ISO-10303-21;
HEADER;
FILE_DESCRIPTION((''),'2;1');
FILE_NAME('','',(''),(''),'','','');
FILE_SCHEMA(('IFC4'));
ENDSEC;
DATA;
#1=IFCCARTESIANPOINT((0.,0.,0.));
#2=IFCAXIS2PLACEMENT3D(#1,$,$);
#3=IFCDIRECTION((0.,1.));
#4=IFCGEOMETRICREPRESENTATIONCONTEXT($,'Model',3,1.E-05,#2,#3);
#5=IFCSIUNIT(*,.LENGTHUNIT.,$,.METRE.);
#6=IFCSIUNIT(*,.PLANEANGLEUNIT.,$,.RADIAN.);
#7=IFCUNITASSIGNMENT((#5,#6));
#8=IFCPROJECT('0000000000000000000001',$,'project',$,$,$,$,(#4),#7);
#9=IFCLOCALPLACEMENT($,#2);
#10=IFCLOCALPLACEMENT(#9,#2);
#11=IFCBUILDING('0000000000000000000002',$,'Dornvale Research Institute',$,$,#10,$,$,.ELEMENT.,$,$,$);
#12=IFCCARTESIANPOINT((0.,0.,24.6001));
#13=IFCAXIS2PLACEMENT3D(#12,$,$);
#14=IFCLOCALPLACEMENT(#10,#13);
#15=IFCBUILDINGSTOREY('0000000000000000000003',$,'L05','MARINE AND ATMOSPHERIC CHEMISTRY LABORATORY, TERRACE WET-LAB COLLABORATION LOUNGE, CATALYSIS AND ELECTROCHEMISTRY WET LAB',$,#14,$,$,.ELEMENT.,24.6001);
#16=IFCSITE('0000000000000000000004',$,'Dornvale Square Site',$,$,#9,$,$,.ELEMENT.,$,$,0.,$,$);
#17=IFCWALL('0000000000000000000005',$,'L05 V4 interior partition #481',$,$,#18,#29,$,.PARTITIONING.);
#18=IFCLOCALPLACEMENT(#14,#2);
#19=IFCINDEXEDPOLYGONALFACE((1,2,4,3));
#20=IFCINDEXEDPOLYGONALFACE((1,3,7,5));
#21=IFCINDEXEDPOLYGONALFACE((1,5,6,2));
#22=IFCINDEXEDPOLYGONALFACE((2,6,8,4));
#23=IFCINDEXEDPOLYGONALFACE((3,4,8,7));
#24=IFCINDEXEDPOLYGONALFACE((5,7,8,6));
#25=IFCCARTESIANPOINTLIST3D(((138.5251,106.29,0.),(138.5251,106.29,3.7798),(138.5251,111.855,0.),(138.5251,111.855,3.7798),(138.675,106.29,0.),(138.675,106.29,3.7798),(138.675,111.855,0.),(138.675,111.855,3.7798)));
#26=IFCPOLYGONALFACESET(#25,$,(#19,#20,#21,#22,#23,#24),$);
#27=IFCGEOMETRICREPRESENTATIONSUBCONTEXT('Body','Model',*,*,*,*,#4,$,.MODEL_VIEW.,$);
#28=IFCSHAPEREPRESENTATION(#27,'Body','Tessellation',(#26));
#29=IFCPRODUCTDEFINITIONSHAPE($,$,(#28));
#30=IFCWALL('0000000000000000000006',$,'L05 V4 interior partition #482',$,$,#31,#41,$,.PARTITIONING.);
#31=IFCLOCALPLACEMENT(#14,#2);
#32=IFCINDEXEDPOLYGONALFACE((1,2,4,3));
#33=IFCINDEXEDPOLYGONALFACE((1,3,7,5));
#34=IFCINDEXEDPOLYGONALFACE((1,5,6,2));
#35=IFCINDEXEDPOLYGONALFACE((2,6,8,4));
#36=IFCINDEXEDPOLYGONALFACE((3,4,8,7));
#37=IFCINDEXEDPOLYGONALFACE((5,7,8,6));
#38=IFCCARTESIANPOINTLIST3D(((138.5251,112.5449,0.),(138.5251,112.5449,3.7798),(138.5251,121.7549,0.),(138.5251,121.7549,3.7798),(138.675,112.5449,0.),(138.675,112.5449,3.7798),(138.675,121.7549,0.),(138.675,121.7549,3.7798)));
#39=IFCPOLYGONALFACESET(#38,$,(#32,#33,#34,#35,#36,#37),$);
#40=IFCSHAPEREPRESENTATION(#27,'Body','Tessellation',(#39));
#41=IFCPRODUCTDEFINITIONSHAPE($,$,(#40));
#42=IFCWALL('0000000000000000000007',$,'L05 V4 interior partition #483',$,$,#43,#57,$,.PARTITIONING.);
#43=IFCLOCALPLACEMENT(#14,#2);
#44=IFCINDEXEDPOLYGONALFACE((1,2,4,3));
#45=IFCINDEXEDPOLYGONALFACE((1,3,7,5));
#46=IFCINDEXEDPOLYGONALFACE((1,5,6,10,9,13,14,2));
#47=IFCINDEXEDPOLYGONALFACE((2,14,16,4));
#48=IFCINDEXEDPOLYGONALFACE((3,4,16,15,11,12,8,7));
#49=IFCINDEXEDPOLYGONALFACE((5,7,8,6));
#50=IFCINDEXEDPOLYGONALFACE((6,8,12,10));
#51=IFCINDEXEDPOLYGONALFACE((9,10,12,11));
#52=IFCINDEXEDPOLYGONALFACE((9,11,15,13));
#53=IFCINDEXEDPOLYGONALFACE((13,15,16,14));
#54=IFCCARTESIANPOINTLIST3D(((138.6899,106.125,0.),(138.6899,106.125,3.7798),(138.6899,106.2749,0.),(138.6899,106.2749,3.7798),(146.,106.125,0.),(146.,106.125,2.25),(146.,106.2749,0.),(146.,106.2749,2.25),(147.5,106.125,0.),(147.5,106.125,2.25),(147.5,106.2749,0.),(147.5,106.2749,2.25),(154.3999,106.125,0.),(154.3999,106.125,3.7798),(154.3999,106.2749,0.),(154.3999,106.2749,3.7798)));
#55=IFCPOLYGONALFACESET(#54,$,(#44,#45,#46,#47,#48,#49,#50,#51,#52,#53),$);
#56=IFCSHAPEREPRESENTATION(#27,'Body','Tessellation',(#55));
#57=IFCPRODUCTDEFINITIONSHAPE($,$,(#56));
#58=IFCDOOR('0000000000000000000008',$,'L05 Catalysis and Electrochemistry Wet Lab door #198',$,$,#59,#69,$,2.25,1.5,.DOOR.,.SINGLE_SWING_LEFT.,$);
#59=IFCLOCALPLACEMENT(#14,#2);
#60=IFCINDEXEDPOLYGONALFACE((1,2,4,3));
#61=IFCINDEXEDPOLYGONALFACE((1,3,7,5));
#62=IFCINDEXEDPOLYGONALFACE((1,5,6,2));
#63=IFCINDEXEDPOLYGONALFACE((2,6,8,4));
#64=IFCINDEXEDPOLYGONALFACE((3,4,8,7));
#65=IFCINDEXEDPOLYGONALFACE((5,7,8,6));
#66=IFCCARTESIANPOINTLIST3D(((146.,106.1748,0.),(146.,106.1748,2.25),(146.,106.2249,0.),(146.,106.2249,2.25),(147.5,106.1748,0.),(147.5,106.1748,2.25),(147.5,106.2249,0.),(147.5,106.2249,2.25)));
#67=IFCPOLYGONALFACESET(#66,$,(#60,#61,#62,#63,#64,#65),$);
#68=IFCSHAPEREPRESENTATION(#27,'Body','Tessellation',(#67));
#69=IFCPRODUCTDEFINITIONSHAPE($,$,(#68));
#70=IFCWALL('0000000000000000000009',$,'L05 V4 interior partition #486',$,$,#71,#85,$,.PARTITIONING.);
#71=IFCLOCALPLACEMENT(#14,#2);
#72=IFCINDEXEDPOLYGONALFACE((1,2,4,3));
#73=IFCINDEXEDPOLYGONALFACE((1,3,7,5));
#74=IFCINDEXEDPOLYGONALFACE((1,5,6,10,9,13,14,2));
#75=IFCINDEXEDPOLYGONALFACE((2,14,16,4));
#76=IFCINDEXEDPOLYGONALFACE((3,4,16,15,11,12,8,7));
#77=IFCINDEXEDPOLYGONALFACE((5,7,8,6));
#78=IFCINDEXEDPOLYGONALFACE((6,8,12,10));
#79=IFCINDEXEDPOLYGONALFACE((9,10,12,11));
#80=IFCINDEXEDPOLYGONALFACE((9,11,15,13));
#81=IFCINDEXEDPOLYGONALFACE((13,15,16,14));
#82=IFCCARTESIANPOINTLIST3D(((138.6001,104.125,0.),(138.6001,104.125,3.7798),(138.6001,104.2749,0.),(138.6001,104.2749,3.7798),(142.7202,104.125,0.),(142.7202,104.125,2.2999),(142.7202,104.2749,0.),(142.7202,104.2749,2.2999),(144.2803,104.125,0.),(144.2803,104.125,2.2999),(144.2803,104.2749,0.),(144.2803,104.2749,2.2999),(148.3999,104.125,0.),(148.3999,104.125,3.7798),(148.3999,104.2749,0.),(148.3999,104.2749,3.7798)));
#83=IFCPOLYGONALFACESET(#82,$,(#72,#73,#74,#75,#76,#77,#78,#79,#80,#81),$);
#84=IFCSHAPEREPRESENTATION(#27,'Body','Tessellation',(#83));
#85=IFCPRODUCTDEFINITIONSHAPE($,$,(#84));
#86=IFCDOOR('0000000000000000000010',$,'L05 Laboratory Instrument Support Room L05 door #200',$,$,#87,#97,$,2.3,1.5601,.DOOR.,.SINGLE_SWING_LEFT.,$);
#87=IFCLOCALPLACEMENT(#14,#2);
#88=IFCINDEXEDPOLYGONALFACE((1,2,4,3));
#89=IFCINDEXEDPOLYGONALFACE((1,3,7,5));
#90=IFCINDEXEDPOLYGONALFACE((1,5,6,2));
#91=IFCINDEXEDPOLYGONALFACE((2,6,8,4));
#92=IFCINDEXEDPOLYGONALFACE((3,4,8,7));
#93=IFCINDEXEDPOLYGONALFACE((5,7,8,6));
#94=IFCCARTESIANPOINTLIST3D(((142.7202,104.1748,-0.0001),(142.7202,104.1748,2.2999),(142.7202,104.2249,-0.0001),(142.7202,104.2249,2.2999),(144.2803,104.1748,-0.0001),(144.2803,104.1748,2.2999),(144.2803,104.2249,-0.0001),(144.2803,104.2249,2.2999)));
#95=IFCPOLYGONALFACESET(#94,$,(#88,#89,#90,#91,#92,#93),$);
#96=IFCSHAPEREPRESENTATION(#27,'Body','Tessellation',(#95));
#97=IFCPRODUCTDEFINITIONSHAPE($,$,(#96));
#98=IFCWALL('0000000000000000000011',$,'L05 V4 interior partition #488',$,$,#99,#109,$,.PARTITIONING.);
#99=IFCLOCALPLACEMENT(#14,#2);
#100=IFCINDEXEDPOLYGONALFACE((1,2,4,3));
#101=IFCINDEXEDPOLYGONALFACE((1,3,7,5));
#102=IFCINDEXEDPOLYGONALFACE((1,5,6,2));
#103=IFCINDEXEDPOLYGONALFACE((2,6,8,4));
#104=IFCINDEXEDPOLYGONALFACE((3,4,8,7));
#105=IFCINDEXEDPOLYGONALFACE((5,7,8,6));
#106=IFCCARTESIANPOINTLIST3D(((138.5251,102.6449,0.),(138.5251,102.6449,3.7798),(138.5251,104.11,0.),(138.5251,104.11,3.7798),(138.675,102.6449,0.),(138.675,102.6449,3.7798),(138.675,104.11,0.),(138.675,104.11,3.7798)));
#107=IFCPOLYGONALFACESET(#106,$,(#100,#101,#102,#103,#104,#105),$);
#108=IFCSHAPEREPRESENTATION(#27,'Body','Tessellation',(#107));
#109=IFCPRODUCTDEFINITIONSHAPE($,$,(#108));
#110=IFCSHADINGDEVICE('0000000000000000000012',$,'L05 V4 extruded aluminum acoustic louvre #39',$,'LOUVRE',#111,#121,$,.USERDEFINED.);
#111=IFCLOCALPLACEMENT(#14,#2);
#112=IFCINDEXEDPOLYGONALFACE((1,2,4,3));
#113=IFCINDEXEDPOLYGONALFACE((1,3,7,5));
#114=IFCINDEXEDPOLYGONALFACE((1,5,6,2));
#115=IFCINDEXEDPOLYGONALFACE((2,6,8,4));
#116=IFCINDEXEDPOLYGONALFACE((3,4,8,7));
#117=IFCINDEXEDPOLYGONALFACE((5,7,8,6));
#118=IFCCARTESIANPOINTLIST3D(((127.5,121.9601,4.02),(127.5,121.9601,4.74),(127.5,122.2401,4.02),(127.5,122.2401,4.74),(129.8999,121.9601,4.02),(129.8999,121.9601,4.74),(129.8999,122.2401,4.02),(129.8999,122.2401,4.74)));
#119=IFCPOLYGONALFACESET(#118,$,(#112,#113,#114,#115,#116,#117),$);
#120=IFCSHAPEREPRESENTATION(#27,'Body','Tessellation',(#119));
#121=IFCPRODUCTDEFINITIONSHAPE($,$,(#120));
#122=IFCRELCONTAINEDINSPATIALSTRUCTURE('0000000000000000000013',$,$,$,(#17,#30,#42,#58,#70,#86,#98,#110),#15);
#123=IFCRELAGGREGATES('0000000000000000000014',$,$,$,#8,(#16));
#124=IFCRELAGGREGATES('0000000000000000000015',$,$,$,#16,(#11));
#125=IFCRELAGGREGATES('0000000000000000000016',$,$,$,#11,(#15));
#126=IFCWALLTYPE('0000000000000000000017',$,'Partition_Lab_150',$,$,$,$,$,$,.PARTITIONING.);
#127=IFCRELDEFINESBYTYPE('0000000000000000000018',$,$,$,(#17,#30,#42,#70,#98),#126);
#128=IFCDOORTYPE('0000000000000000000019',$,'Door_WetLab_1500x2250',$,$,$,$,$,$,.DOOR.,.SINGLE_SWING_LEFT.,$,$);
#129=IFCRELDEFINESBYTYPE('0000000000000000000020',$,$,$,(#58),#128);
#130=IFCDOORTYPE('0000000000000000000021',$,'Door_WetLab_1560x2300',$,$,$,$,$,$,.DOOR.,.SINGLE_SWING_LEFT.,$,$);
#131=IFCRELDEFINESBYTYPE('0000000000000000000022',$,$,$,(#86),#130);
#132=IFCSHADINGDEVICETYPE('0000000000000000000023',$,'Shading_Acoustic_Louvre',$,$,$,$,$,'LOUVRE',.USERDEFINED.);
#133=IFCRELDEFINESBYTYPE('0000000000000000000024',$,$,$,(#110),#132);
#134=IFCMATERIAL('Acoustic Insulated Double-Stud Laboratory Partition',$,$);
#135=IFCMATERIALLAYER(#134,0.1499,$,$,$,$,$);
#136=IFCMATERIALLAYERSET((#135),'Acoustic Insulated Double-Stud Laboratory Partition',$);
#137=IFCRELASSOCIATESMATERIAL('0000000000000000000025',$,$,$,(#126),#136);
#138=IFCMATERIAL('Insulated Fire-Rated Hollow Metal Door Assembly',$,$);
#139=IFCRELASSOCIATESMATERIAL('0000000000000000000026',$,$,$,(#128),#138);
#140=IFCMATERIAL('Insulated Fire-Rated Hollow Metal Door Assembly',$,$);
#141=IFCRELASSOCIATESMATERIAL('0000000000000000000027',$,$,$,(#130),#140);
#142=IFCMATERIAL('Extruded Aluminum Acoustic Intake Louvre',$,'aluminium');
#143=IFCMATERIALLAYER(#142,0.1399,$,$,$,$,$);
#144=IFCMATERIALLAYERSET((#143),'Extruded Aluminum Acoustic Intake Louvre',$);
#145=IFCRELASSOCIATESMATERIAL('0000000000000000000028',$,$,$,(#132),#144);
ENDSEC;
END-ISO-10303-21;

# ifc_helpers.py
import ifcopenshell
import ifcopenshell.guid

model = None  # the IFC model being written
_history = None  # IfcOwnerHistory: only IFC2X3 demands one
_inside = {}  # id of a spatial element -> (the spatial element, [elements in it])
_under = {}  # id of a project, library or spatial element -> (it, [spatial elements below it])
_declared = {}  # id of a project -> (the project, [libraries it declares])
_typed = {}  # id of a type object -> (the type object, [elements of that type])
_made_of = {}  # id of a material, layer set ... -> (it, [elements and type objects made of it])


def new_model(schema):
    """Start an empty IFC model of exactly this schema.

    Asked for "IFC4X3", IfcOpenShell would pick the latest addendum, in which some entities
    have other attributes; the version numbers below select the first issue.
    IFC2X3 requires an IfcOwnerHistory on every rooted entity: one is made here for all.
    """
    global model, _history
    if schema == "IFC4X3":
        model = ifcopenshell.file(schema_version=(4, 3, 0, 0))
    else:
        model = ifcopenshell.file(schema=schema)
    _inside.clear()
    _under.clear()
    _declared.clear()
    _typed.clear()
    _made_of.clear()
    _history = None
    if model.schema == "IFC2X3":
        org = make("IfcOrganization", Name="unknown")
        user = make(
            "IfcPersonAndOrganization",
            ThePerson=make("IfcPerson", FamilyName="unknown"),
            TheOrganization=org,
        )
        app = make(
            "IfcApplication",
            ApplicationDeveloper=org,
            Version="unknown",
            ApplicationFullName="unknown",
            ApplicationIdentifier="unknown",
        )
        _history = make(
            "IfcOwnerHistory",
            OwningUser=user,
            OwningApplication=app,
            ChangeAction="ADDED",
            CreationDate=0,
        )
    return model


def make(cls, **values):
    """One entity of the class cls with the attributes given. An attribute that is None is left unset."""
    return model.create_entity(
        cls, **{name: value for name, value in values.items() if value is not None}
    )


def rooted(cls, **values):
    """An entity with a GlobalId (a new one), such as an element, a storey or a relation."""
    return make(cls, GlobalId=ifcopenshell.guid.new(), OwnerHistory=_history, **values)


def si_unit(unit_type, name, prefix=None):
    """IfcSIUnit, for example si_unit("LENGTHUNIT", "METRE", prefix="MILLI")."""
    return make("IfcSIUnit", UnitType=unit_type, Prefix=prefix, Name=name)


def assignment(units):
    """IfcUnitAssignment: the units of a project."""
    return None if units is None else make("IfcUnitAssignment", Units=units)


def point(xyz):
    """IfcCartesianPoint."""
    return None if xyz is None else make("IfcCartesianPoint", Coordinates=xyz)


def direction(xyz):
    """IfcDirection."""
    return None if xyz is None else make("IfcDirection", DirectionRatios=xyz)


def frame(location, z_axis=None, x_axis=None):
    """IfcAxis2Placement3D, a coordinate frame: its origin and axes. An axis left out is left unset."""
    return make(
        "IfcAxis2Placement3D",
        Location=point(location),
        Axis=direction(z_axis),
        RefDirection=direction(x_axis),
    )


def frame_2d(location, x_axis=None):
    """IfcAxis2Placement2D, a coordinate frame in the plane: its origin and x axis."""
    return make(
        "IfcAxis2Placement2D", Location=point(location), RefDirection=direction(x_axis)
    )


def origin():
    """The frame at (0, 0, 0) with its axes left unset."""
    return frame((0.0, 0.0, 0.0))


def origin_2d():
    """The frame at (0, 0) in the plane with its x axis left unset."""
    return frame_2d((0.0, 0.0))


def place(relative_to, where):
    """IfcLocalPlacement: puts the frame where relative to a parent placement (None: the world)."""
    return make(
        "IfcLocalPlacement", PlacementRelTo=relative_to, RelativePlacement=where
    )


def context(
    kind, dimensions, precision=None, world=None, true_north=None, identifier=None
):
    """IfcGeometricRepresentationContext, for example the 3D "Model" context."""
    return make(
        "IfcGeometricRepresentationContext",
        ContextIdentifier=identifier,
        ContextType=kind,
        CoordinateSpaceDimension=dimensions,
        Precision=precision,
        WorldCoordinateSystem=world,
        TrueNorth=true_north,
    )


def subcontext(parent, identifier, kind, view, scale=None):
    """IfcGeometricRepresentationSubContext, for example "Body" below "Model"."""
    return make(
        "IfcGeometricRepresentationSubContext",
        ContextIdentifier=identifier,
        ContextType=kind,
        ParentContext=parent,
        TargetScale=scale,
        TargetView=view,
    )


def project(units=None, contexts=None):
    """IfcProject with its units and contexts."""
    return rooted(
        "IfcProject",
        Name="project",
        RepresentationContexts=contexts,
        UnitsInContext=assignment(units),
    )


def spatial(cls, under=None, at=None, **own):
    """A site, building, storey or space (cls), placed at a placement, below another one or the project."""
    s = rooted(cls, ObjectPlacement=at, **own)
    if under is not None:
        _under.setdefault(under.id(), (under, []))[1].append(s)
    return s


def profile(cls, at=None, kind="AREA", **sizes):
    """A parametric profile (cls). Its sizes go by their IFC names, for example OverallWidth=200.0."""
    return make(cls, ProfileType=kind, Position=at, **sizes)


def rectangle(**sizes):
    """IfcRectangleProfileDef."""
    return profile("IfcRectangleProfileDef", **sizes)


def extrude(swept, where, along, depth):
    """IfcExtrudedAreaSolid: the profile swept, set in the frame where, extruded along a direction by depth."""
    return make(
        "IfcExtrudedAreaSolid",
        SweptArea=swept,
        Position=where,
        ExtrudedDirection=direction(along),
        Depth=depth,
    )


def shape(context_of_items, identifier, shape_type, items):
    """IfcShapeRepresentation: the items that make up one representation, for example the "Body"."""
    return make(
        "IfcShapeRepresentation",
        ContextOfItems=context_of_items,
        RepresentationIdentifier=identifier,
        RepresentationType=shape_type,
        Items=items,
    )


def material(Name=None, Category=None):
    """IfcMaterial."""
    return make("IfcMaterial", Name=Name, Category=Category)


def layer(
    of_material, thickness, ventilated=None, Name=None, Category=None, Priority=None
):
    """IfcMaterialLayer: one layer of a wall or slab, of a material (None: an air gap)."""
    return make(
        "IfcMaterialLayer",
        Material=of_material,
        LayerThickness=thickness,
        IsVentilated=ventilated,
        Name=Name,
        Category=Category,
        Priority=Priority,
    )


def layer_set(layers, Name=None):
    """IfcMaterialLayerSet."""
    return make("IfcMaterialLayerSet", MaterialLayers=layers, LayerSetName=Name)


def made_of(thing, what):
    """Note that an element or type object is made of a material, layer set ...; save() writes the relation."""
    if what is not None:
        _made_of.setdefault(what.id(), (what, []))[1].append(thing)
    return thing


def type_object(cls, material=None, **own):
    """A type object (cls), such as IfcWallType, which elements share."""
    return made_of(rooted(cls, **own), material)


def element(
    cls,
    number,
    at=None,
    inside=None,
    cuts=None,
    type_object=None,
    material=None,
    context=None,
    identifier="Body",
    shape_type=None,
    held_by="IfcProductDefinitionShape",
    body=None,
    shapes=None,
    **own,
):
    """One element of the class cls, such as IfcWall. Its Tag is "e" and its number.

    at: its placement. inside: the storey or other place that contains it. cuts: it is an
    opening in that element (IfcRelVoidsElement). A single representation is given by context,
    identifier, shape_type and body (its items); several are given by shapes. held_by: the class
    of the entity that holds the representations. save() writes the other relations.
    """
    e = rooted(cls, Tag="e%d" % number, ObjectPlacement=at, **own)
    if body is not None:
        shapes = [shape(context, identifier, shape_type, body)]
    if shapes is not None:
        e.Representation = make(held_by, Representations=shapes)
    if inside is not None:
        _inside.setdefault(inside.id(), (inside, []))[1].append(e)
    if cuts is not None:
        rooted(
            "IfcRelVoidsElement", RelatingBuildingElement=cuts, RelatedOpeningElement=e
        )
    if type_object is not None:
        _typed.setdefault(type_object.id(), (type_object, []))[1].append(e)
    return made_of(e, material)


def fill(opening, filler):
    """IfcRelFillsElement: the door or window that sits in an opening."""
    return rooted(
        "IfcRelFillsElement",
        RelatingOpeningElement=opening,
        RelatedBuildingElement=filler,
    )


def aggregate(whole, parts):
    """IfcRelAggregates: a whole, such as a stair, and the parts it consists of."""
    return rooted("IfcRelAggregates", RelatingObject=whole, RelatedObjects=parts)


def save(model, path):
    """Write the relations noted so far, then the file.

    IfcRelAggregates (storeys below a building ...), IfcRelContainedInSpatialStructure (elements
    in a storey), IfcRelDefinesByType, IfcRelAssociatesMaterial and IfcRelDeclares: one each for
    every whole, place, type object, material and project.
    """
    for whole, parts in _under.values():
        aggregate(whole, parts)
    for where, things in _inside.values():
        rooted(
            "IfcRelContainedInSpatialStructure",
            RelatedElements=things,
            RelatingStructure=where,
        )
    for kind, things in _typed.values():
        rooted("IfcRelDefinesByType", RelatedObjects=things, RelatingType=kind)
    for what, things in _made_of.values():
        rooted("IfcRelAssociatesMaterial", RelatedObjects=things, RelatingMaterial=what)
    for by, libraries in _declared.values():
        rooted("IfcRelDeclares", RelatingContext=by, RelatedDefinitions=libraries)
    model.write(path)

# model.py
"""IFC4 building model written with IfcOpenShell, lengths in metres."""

from ifc_helpers import new_model, si_unit, direction, frame, frame_2d, origin, origin_2d, place, context, subcontext, project, spatial, rectangle, extrude, material, layer, layer_set, type_object, element, fill, save


model = new_model("IFC4")

# Units and contexts
model_context = context("Model", 3, precision=1e-05, world=origin(), true_north=direction((0.0, 1.0)))
body_context = subcontext(model_context, "Body", "Model", "MODEL_VIEW")
ifc_project = project(units=[si_unit("LENGTHUNIT", "METRE"), si_unit("PLANEANGLEUNIT", "RADIAN")], contexts=[model_context])

# Site, building, storey
site_placement = place(None, origin())
site = spatial("IfcSite", under=ifc_project, at=site_placement, Name="Dornvale Square Site", CompositionType="ELEMENT", RefElevation=0.0)
building_placement = place(site_placement, origin())
building = spatial("IfcBuilding", under=site, at=building_placement, Name="Dornvale Research Institute", CompositionType="ELEMENT")
storey_placement = place(building_placement, frame((0.0, 0.0, 24.6001)))
storey = spatial("IfcBuildingStorey", under=building, at=storey_placement, Name="L05", Description="MARINE AND ATMOSPHERIC CHEMISTRY LABORATORY, TERRACE WET-LAB COLLABORATION LOUNGE, CATALYSIS AND ELECTROCHEMISTRY WET LAB", CompositionType="ELEMENT", Elevation=24.6001)

# Walls
ifc_material_1 = material(Name="Acoustic Insulated Double-Stud Laboratory Partition")
ifc_layer_1 = layer(ifc_material_1, 0.1499)
ifc_layer_set_1 = layer_set([ifc_layer_1], Name="Acoustic Insulated Double-Stud Laboratory Partition")
wall_type_1 = type_object("IfcWallType", Name="Partition_Lab_150", PredefinedType="PARTITIONING", material=ifc_layer_set_1)
wall_1_placement = place(storey_placement, frame((138.6001, 106.29, 0.0), z_axis=(0.0, 0.0, 1.0), x_axis=(0.0, 1.0, 0.0)))
element("IfcWall", 1, at=wall_1_placement, inside=storey, type_object=wall_type_1, Name="L05 V4 interior partition #481", PredefinedType="PARTITIONING", context=body_context, shape_type="SweptSolid", body=[
    extrude(rectangle(XDim=5.5649, YDim=0.1499, at=frame_2d((2.7825, 0.0))), origin(), (0.0, 0.0, 1.0), 3.7798),
])
wall_2_placement = place(storey_placement, frame((138.6001, 112.5449, 0.0), z_axis=(0.0, 0.0, 1.0), x_axis=(0.0, 1.0, 0.0)))
element("IfcWall", 2, at=wall_2_placement, inside=storey, type_object=wall_type_1, Name="L05 V4 interior partition #482", PredefinedType="PARTITIONING", context=body_context, shape_type="SweptSolid", body=[
    extrude(rectangle(XDim=9.21, YDim=0.1499, at=frame_2d((4.605, 0.0))), origin(), (0.0, 0.0, 1.0), 3.7798),
])

# Walls, openings, doors
wall_3_placement = place(storey_placement, frame((138.6899, 106.2, 0.0), z_axis=(0.0, 0.0, 1.0), x_axis=(1.0, 0.0, 0.0)))
wall_3 = element("IfcWall", 3, at=wall_3_placement, inside=storey, type_object=wall_type_1, Name="L05 V4 interior partition #483", PredefinedType="PARTITIONING", context=body_context, shape_type="SweptSolid", body=[
    extrude(rectangle(XDim=15.71, YDim=0.1499, at=frame_2d((7.855, 0.0))), origin(), (0.0, 0.0, 1.0), 3.7798),
])
opening_1_placement = place(wall_3_placement, frame((7.3101, 0.0, 0.0)))
opening_1 = element("IfcOpeningElement", 4, at=opening_1_placement, cuts=wall_3, PredefinedType="OPENING", context=body_context, shape_type="SweptSolid", body=[
    extrude(rectangle(XDim=1.5, YDim=2.25, at=frame_2d((0.75, 1.125))), frame((0.0, 0.0898, 0.0), z_axis=(0.0, -1.0, 0.0), x_axis=(1.0, 0.0, 0.0)), (0.0, 0.0, 1.0), 0.1799),
])
ifc_material_2 = material(Name="Insulated Fire-Rated Hollow Metal Door Assembly")
door_type_1 = type_object("IfcDoorType", Name="Door_WetLab_1500x2250", OperationType="SINGLE_SWING_LEFT", PredefinedType="DOOR", material=ifc_material_2)
door_1_placement = place(opening_1_placement, origin())
door_1 = element("IfcDoor", 5, at=door_1_placement, inside=storey, type_object=door_type_1, Name="L05 Catalysis and Electrochemistry Wet Lab door #198", OperationType="SINGLE_SWING_LEFT", OverallHeight=2.25, OverallWidth=1.5, PredefinedType="DOOR", context=body_context, shape_type="SweptSolid", body=[
    extrude(rectangle(XDim=1.5, YDim=2.25, at=frame_2d((0.75, 1.125))), frame((0.0, 0.0249, 0.0), z_axis=(0.0, -1.0, 0.0), x_axis=(1.0, 0.0, 0.0)), (0.0, 0.0, 1.0), 0.05),
])
fill(opening_1, door_1)
wall_4_placement = place(storey_placement, frame((138.6001, 104.2, 0.0), z_axis=(0.0, 0.0, 1.0), x_axis=(1.0, 0.0, 0.0)))
wall_4 = element("IfcWall", 6, at=wall_4_placement, inside=storey, type_object=wall_type_1, Name="L05 V4 interior partition #486", PredefinedType="PARTITIONING", context=body_context, shape_type="SweptSolid", body=[
    extrude(rectangle(XDim=9.7998, YDim=0.1499, at=frame_2d((4.8999, 0.0))), origin(), (0.0, 0.0, 1.0), 3.7798),
])
opening_2_placement = place(wall_4_placement, frame((4.1201, 0.0, 0.0)))
opening_2 = element("IfcOpeningElement", 7, at=opening_2_placement, cuts=wall_4, PredefinedType="OPENING", context=body_context, shape_type="SweptSolid", body=[
    extrude(rectangle(XDim=1.5601, YDim=2.3, at=frame_2d((0.78, 1.1499))), frame((0.0, 0.0898, 0.0), z_axis=(0.0, -1.0, 0.0), x_axis=(1.0, 0.0, 0.0)), (0.0, 0.0, 1.0), 0.1799),
])
ifc_material_3 = material(Name="Insulated Fire-Rated Hollow Metal Door Assembly")
door_type_2 = type_object("IfcDoorType", Name="Door_WetLab_1560x2300", OperationType="SINGLE_SWING_LEFT", PredefinedType="DOOR", material=ifc_material_3)
door_2_placement = place(opening_2_placement, origin())
door_2 = element("IfcDoor", 8, at=door_2_placement, inside=storey, type_object=door_type_2, Name="L05 Laboratory Instrument Support Room L05 door #200", OperationType="SINGLE_SWING_LEFT", OverallHeight=2.3, OverallWidth=1.5601, PredefinedType="DOOR", context=body_context, shape_type="SweptSolid", body=[
    extrude(rectangle(XDim=1.5601, YDim=2.3, at=frame_2d((0.78, 1.1499))), frame((0.0, 0.0249, 0.0), z_axis=(0.0, -1.0, 0.0), x_axis=(1.0, 0.0, 0.0)), (0.0, 0.0, 1.0), 0.05),
])
fill(opening_2, door_2)

# Wall
wall_5_placement = place(storey_placement, frame((138.6001, 102.645, 0.0), z_axis=(0.0, 0.0, 1.0), x_axis=(0.0, 1.0, 0.0)))
element("IfcWall", 9, at=wall_5_placement, inside=storey, type_object=wall_type_1, Name="L05 V4 interior partition #488", PredefinedType="PARTITIONING", context=body_context, shape_type="SweptSolid", body=[
    extrude(rectangle(XDim=1.4651, YDim=0.1499, at=frame_2d((0.7324, 0.0))), origin(), (0.0, 0.0, 1.0), 3.7798),
])

# Shading device
ifc_material_4 = material(Name="Extruded Aluminum Acoustic Intake Louvre", Category="aluminium")
ifc_layer_2 = layer(ifc_material_4, 0.1399)
ifc_layer_set_2 = layer_set([ifc_layer_2], Name="Extruded Aluminum Acoustic Intake Louvre")
shading_device_type = type_object("IfcShadingDeviceType", Name="Shading_Acoustic_Louvre", ElementType="LOUVRE", PredefinedType="USERDEFINED", material=ifc_layer_set_2)
shading_device_placement = place(storey_placement, frame((128.7, 122.1001, 4.02), z_axis=(0.0, 0.0, 1.0), x_axis=(1.0, 0.0, 0.0)))
element("IfcShadingDevice", 10, at=shading_device_placement, inside=storey, type_object=shading_device_type, Name="L05 V4 extruded aluminum acoustic louvre #39", ObjectType="LOUVRE", PredefinedType="USERDEFINED", context=body_context, shape_type="SweptSolid", body=[
    extrude(rectangle(XDim=2.3999, YDim=0.28, at=origin_2d()), origin(), (0.0, 0.0, 1.0), 0.72),
])

save(model, "model.ifc")
